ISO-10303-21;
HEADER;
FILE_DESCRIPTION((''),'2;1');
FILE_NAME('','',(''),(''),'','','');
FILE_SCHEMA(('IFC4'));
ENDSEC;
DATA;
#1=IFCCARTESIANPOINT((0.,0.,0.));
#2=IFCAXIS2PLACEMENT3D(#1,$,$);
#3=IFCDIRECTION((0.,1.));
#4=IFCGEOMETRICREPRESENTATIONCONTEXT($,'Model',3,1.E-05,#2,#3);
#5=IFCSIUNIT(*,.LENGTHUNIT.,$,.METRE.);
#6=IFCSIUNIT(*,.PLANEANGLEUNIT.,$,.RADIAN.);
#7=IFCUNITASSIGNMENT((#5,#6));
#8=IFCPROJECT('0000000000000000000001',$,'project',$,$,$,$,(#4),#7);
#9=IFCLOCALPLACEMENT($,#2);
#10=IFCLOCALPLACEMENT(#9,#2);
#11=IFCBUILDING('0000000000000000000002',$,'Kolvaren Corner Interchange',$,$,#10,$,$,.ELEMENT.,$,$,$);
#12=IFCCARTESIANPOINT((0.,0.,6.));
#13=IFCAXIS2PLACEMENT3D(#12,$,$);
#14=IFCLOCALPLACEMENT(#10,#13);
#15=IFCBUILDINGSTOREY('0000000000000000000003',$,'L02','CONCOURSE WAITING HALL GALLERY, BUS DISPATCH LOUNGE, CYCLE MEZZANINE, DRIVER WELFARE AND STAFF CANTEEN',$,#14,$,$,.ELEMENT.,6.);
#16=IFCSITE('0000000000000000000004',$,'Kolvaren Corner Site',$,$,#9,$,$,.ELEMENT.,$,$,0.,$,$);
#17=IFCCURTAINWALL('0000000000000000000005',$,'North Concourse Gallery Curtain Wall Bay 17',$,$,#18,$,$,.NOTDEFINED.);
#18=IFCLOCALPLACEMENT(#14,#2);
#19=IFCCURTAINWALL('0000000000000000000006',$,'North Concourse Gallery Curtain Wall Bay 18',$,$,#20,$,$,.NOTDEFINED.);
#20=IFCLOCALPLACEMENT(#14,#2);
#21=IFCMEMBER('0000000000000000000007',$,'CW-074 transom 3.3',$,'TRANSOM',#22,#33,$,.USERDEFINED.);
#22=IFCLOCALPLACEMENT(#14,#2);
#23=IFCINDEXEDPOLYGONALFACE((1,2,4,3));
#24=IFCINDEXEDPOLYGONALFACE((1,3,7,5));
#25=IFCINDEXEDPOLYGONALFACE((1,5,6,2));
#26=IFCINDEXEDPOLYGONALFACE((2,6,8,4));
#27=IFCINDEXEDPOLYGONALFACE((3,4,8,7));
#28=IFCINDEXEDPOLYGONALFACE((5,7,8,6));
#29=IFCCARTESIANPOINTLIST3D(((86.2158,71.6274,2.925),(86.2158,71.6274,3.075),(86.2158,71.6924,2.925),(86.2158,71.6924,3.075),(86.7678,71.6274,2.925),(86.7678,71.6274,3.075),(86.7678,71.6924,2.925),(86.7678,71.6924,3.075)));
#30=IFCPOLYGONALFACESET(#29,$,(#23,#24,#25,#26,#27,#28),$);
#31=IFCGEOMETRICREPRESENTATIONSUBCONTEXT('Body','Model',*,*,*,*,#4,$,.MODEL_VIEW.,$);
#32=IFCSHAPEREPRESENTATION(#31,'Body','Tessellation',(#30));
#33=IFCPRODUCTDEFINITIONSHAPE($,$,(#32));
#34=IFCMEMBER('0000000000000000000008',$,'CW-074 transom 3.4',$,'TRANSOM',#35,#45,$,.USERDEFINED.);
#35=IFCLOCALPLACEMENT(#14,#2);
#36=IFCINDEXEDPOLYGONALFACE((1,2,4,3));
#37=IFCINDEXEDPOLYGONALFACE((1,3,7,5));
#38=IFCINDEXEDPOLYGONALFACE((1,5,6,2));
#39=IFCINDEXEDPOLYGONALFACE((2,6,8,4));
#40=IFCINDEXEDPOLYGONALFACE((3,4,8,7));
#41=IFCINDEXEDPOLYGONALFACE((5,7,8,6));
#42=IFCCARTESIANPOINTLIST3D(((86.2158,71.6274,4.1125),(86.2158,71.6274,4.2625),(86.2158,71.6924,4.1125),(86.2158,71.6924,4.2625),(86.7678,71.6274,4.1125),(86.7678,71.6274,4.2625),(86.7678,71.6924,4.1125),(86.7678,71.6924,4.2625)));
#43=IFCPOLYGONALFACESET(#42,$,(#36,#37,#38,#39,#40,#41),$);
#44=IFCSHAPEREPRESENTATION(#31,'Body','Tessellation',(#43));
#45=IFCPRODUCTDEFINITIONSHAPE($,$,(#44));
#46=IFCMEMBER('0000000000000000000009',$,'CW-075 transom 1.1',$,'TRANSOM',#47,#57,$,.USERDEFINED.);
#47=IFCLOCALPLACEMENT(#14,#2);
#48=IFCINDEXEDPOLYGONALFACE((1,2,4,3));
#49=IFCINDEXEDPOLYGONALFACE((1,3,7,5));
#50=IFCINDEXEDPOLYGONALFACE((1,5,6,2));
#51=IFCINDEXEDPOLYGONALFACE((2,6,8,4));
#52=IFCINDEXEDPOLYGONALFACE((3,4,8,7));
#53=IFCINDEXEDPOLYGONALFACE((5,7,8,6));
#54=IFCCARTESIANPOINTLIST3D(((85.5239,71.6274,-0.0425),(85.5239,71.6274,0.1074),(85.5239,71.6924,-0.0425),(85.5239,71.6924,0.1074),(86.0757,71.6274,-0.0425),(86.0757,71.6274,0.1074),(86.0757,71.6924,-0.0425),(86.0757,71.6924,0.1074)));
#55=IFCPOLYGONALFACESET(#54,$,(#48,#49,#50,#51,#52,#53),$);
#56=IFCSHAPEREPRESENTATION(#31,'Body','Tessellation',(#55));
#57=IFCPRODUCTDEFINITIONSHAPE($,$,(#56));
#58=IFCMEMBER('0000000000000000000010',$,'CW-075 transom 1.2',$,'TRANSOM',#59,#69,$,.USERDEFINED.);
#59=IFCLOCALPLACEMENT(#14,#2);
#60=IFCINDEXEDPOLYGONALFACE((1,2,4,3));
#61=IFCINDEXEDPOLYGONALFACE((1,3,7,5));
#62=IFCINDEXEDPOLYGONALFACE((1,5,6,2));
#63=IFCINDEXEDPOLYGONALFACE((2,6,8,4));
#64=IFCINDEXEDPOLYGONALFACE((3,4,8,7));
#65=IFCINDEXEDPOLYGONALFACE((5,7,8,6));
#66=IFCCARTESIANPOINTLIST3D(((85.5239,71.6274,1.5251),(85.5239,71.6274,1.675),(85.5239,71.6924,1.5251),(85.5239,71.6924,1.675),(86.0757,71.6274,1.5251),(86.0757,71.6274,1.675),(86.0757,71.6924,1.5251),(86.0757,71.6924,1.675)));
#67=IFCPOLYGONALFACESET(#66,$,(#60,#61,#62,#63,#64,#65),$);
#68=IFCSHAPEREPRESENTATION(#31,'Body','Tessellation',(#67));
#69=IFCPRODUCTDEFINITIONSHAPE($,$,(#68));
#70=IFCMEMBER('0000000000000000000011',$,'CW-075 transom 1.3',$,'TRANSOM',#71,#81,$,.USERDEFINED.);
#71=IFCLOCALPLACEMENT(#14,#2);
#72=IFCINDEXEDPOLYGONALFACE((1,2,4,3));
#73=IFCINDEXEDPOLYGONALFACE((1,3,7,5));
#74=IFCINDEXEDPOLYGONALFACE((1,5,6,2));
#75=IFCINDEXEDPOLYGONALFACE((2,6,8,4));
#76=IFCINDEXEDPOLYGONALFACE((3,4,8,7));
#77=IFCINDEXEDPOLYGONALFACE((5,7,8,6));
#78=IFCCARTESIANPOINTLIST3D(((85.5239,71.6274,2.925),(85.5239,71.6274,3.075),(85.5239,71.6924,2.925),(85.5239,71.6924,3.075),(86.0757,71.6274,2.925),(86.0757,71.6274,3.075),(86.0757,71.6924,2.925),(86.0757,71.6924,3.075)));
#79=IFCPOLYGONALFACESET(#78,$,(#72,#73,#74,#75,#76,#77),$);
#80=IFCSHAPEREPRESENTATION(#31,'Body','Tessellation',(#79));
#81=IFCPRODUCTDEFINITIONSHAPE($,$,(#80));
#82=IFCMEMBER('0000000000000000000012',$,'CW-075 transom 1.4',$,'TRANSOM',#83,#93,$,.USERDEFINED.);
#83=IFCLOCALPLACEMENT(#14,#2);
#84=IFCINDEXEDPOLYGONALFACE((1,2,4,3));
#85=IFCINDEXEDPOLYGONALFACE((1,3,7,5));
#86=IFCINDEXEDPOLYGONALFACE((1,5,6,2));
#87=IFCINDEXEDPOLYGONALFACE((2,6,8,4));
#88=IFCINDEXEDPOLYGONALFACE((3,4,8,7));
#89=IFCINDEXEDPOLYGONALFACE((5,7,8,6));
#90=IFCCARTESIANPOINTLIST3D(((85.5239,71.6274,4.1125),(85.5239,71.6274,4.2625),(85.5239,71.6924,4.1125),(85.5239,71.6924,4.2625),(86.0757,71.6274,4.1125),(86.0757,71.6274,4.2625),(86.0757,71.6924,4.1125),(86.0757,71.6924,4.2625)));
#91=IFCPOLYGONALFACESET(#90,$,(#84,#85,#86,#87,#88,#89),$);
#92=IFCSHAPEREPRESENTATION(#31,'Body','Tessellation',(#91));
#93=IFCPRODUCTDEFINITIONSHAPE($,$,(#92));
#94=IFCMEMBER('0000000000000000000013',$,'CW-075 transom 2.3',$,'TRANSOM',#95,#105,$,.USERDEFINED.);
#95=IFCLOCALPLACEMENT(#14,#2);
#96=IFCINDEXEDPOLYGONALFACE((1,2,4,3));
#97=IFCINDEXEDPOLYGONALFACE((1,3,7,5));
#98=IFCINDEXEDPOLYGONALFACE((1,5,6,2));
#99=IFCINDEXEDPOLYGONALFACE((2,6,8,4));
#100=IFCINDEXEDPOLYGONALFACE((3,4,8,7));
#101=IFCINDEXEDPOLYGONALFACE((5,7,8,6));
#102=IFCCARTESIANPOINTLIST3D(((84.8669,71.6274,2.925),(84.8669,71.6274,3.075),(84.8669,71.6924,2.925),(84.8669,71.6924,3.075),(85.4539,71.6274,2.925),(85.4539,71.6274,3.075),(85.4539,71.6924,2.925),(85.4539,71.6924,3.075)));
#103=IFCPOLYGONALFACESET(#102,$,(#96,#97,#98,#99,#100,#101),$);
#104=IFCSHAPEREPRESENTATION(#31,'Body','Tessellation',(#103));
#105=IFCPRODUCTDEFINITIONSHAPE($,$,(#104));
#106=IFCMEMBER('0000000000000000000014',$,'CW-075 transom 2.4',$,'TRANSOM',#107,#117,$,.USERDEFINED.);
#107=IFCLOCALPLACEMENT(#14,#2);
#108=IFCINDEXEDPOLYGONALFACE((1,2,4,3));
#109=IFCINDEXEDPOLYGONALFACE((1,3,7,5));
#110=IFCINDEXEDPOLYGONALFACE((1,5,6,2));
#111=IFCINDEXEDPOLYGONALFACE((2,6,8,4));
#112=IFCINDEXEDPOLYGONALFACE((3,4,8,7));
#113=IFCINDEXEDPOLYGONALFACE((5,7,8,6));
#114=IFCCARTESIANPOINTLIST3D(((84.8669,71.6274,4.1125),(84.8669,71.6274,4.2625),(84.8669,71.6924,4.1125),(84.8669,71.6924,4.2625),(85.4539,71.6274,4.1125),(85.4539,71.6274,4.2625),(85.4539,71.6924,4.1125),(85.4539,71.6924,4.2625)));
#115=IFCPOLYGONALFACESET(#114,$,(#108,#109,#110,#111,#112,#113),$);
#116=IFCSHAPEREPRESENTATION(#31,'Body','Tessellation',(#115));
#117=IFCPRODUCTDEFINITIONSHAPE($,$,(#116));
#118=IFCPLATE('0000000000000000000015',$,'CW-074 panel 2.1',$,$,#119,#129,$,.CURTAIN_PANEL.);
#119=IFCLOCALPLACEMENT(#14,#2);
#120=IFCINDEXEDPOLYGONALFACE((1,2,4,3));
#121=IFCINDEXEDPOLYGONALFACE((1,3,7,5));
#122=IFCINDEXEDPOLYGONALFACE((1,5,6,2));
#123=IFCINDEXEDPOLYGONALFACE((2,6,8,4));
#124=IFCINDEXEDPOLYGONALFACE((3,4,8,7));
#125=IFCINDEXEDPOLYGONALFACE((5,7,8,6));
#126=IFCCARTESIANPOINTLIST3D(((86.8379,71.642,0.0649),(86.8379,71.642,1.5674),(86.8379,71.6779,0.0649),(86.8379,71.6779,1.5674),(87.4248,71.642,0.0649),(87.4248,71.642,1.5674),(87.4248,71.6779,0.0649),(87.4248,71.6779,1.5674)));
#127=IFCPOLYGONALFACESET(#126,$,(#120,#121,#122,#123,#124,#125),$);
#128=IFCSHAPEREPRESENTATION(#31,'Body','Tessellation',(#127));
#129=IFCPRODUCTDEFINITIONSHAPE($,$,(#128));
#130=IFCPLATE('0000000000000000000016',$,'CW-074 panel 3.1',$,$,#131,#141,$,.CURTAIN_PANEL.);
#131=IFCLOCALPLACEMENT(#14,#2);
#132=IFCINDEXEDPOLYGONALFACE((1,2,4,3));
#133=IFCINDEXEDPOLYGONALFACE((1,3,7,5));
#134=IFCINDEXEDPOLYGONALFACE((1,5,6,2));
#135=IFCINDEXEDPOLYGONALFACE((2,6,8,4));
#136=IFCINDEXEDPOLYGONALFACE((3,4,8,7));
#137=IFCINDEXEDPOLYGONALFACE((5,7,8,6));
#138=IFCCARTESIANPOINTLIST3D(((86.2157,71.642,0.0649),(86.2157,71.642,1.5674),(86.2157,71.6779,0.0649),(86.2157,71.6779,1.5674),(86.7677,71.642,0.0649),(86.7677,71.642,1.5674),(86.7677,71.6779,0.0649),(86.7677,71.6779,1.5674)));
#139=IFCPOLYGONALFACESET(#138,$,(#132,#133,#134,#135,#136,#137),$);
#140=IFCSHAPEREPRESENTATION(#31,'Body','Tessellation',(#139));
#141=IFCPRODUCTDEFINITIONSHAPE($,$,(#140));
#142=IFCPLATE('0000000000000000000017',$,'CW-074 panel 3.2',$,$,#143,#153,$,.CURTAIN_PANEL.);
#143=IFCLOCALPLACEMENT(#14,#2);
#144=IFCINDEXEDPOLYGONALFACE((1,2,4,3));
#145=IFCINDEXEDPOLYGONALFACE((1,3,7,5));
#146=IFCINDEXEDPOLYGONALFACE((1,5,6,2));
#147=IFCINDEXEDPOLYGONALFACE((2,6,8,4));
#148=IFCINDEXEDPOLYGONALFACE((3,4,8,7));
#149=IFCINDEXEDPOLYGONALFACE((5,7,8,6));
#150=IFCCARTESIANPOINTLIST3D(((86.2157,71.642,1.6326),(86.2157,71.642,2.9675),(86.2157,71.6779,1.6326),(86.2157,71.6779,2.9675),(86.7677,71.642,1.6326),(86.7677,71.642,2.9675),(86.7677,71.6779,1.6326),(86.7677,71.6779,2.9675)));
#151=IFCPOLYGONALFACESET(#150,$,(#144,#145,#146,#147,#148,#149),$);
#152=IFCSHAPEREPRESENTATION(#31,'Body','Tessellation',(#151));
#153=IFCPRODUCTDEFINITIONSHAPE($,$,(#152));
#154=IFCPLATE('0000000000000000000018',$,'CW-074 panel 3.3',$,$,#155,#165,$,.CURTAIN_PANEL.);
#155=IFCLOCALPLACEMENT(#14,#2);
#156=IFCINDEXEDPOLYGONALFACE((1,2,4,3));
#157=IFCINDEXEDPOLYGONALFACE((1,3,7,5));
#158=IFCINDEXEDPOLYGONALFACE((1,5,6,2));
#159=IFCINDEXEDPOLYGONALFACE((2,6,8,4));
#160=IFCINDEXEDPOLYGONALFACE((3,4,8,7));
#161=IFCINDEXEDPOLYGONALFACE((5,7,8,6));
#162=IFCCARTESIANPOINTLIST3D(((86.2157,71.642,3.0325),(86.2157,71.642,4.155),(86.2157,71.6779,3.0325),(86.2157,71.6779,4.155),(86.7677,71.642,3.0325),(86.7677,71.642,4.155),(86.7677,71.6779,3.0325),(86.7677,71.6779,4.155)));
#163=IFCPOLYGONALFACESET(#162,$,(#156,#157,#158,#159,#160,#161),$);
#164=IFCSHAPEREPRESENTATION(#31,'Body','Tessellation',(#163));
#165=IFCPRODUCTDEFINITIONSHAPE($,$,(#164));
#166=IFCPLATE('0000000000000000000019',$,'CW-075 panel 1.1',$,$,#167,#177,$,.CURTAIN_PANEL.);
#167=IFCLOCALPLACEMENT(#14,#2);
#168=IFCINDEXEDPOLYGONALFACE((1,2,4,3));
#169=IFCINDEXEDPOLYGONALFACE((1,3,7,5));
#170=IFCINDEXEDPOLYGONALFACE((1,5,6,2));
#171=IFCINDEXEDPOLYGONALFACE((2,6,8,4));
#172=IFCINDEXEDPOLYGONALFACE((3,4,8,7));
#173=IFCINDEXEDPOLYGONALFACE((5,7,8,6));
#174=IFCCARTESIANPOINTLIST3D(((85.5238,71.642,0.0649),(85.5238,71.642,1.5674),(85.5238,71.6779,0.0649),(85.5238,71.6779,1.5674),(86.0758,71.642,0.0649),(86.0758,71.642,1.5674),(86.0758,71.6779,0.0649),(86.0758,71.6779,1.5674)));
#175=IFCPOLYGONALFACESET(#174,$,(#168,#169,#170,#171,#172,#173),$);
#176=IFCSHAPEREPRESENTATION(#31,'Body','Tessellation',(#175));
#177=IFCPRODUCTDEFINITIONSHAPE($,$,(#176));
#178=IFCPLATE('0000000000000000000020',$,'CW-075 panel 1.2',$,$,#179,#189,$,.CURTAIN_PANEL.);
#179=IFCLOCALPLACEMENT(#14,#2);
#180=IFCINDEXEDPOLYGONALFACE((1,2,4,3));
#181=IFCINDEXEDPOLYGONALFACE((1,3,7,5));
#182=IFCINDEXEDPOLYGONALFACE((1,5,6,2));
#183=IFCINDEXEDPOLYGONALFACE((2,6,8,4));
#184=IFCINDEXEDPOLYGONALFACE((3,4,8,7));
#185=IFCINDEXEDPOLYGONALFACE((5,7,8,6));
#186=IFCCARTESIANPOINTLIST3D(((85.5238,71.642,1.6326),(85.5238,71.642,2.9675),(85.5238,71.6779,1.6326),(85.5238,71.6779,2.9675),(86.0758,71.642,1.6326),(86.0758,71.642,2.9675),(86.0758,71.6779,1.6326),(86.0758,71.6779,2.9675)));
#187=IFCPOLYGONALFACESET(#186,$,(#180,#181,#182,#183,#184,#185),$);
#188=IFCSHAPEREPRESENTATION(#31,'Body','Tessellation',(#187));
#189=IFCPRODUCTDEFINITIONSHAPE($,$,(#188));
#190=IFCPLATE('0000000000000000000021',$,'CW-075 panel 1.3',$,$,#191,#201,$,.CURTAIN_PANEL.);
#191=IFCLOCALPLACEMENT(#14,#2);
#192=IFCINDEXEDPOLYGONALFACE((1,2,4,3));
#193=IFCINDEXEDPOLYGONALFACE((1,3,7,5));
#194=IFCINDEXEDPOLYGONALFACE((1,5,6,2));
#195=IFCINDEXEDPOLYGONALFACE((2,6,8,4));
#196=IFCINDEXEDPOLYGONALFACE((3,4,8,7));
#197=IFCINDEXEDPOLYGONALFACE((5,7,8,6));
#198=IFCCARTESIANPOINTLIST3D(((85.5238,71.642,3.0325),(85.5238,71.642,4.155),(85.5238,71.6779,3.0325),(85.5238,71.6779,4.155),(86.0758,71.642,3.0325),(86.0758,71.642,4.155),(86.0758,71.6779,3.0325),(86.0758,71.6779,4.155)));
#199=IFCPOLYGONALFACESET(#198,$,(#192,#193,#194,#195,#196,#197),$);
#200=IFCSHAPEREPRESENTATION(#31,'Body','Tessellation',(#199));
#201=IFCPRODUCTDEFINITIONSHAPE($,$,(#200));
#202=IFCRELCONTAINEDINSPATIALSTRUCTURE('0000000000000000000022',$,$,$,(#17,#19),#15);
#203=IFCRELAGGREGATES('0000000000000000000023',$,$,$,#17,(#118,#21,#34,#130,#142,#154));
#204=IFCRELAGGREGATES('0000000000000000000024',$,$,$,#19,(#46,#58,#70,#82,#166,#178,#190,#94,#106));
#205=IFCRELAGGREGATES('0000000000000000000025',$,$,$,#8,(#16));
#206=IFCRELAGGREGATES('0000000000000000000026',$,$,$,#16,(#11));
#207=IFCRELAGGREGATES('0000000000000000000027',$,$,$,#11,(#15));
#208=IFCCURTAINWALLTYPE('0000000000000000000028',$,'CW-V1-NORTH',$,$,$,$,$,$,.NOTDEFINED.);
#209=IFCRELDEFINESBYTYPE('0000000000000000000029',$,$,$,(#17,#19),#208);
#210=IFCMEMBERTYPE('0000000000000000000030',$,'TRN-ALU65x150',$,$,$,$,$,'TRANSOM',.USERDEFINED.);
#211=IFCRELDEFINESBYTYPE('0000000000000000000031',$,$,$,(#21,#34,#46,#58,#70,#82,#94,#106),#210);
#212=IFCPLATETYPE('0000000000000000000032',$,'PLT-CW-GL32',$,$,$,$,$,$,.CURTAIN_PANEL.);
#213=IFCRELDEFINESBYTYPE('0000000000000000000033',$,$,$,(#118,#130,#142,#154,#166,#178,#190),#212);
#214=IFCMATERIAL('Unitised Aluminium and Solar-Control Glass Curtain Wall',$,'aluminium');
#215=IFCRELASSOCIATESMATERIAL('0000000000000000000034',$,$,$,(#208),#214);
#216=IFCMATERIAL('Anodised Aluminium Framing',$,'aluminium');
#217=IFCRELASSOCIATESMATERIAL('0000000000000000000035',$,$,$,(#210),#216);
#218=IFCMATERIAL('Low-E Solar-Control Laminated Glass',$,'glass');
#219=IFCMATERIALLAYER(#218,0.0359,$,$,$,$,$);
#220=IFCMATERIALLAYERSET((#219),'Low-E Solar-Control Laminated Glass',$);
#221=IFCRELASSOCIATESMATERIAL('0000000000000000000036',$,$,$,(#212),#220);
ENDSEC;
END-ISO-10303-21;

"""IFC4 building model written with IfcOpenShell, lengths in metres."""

from ifc_helpers import new_model, si_unit, direction, frame, origin, origin_2d, place, context, subcontext, project, spatial, rectangle, extrude, material, layer, layer_set, material_profile, profile_set, type_object, element, aggregate, save


model = new_model("IFC4")

# Units and contexts
model_context = context("Model", 3, precision=1e-05, world=origin(), true_north=direction((0.0, 1.0)))
body_context = subcontext(model_context, "Body", "Model", "MODEL_VIEW")
ifc_project = project(units=[si_unit("LENGTHUNIT", "METRE"), si_unit("PLANEANGLEUNIT", "RADIAN")], contexts=[model_context])

# Site, building, storey
site_placement = place(None, origin())
site = spatial("IfcSite", under=ifc_project, at=site_placement, Name="Kolvaren Corner Site", CompositionType="ELEMENT", RefElevation=0.0)
building_placement = place(site_placement, origin())
building = spatial("IfcBuilding", under=site, at=building_placement, Name="Kolvaren Corner Interchange", CompositionType="ELEMENT")
storey_placement = place(building_placement, frame((0.0, 0.0, 6.0)))
storey = spatial("IfcBuildingStorey", under=building, at=storey_placement, Name="L02", Description="CONCOURSE WAITING HALL GALLERY, BUS DISPATCH LOUNGE, CYCLE MEZZANINE, DRIVER WELFARE AND STAFF CANTEEN", CompositionType="ELEMENT", Elevation=6.0)

# Curtain walls
ifc_material_1 = material(Name="Unitised Aluminium and Solar-Control Glass Curtain Wall", Category="aluminium")
curtain_wall_type = type_object("IfcCurtainWallType", Name="CW-V1-NORTH", PredefinedType="NOTDEFINED", material=ifc_material_1)
curtain_wall_1_placement = place(storey_placement, origin())
curtain_wall_1 = element("IfcCurtainWall", 1, at=curtain_wall_1_placement, inside=storey, type_object=curtain_wall_type, Name="North Concourse Gallery Curtain Wall Bay 17", PredefinedType="NOTDEFINED")
curtain_wall_2_placement = place(storey_placement, origin())
curtain_wall_2 = element("IfcCurtainWall", 2, at=curtain_wall_2_placement, inside=storey, type_object=curtain_wall_type, Name="North Concourse Gallery Curtain Wall Bay 18", PredefinedType="NOTDEFINED")

# Members
ifc_material_2 = material(Name="Anodised Aluminium Framing", Category="aluminium")
ifc_material_profile_1 = material_profile(ifc_material_2, rectangle(XDim=0.0649, YDim=0.1499, at=origin_2d()), Name="ALU 65x150")
ifc_profile_set_1 = profile_set([ifc_material_profile_1], Name="Anodised Aluminium Framing")
member_type_1 = type_object("IfcMemberType", Name="TRN-ALU65x150", ElementType="TRANSOM", PredefinedType="USERDEFINED", material=ifc_profile_set_1)
member_1_placement = place(storey_placement, frame((86.7678, 71.6599, 3.0), z_axis=(-1.0, 0.0, 0.0), x_axis=(0.0, -1.0, 0.0)))
member_1 = element("IfcMember", 3, at=member_1_placement, type_object=member_type_1, Name="CW-074 transom 3.3", ObjectType="TRANSOM", PredefinedType="USERDEFINED", context=body_context, shape_type="SweptSolid", body=[
    extrude(rectangle(XDim=0.0649, YDim=0.1499, at=origin_2d()), origin(), (0.0, 0.0, 1.0), 0.552),
])
member_2_placement = place(storey_placement, frame((86.7678, 71.6599, 4.1875), z_axis=(-1.0, 0.0, 0.0), x_axis=(0.0, -1.0, 0.0)))
member_2 = element("IfcMember", 4, at=member_2_placement, type_object=member_type_1, Name="CW-074 transom 3.4", ObjectType="TRANSOM", PredefinedType="USERDEFINED", context=body_context, shape_type="SweptSolid", body=[
    extrude(rectangle(XDim=0.0649, YDim=0.1499, at=origin_2d()), origin(), (0.0, 0.0, 1.0), 0.552),
])
member_3_placement = place(storey_placement, frame((86.0757, 71.6599, 0.0325), z_axis=(-1.0, 0.0, 0.0), x_axis=(0.0, -1.0, 0.0)))
member_3 = element("IfcMember", 5, at=member_3_placement, type_object=member_type_1, Name="CW-075 transom 1.1", ObjectType="TRANSOM", PredefinedType="USERDEFINED", context=body_context, shape_type="SweptSolid", body=[
    extrude(rectangle(XDim=0.0649, YDim=0.1499, at=origin_2d()), origin(), (0.0, 0.0, 1.0), 0.5518),
])
member_4_placement = place(storey_placement, frame((86.0757, 71.6599, 1.6001), z_axis=(-1.0, 0.0, 0.0), x_axis=(0.0, -1.0, 0.0)))
member_4 = element("IfcMember", 6, at=member_4_placement, type_object=member_type_1, Name="CW-075 transom 1.2", ObjectType="TRANSOM", PredefinedType="USERDEFINED", context=body_context, shape_type="SweptSolid", body=[
    extrude(rectangle(XDim=0.0649, YDim=0.1499, at=origin_2d()), origin(), (0.0, 0.0, 1.0), 0.5518),
])
member_5_placement = place(storey_placement, frame((86.0757, 71.6599, 3.0), z_axis=(-1.0, 0.0, 0.0), x_axis=(0.0, -1.0, 0.0)))
member_5 = element("IfcMember", 7, at=member_5_placement, type_object=member_type_1, Name="CW-075 transom 1.3", ObjectType="TRANSOM", PredefinedType="USERDEFINED", context=body_context, shape_type="SweptSolid", body=[
    extrude(rectangle(XDim=0.0649, YDim=0.1499, at=origin_2d()), origin(), (0.0, 0.0, 1.0), 0.5518),
])
member_6_placement = place(storey_placement, frame((86.0757, 71.6599, 4.1875), z_axis=(-1.0, 0.0, 0.0), x_axis=(0.0, -1.0, 0.0)))
member_6 = element("IfcMember", 8, at=member_6_placement, type_object=member_type_1, Name="CW-075 transom 1.4", ObjectType="TRANSOM", PredefinedType="USERDEFINED", context=body_context, shape_type="SweptSolid", body=[
    extrude(rectangle(XDim=0.0649, YDim=0.1499, at=origin_2d()), origin(), (0.0, 0.0, 1.0), 0.5518),
])
member_7_placement = place(storey_placement, frame((85.4539, 71.6599, 3.0), z_axis=(-1.0, 0.0, 0.0), x_axis=(0.0, -1.0, 0.0)))
member_7 = element("IfcMember", 9, at=member_7_placement, type_object=member_type_1, Name="CW-075 transom 2.3", ObjectType="TRANSOM", PredefinedType="USERDEFINED", context=body_context, shape_type="SweptSolid", body=[
    extrude(rectangle(XDim=0.0649, YDim=0.1499, at=origin_2d()), origin(), (0.0, 0.0, 1.0), 0.5869),
])
member_8_placement = place(storey_placement, frame((85.4539, 71.6599, 4.1875), z_axis=(-1.0, 0.0, 0.0), x_axis=(0.0, -1.0, 0.0)))
member_8 = element("IfcMember", 10, at=member_8_placement, type_object=member_type_1, Name="CW-075 transom 2.4", ObjectType="TRANSOM", PredefinedType="USERDEFINED", context=body_context, shape_type="SweptSolid", body=[
    extrude(rectangle(XDim=0.0649, YDim=0.1499, at=origin_2d()), origin(), (0.0, 0.0, 1.0), 0.5869),
])

# Plates
ifc_material_3 = material(Name="Low-E Solar-Control Laminated Glass", Category="glass")
ifc_layer = layer(ifc_material_3, 0.0359)
ifc_layer_set = layer_set([ifc_layer], Name="Low-E Solar-Control Laminated Glass")
plate_type = type_object("IfcPlateType", Name="PLT-CW-GL32", PredefinedType="CURTAIN_PANEL", material=ifc_layer_set)
plate_1_placement = place(storey_placement, frame((87.1313, 71.6599, 0.0649), z_axis=(0.0, 0.0, 1.0), x_axis=(-1.0, 0.0, 0.0)))
plate_1 = element("IfcPlate", 11, at=plate_1_placement, type_object=plate_type, Name="CW-074 panel 2.1", PredefinedType="CURTAIN_PANEL", context=body_context, shape_type="SweptSolid", body=[
    extrude(rectangle(XDim=0.5869, YDim=0.0359, at=origin_2d()), origin(), (0.0, 0.0, 1.0), 1.5024),
])
plate_2_placement = place(storey_placement, frame((86.4917, 71.6599, 0.0649), z_axis=(0.0, 0.0, 1.0), x_axis=(-1.0, 0.0, 0.0)))
plate_2 = element("IfcPlate", 12, at=plate_2_placement, type_object=plate_type, Name="CW-074 panel 3.1", PredefinedType="CURTAIN_PANEL", context=body_context, shape_type="SweptSolid", body=[
    extrude(rectangle(XDim=0.552, YDim=0.0359, at=origin_2d()), origin(), (0.0, 0.0, 1.0), 1.5024),
])
plate_3_placement = place(storey_placement, frame((86.4917, 71.6599, 1.6326), z_axis=(0.0, 0.0, 1.0), x_axis=(-1.0, 0.0, 0.0)))
plate_3 = element("IfcPlate", 13, at=plate_3_placement, type_object=plate_type, Name="CW-074 panel 3.2", PredefinedType="CURTAIN_PANEL", context=body_context, shape_type="SweptSolid", body=[
    extrude(rectangle(XDim=0.552, YDim=0.0359, at=origin_2d()), origin(), (0.0, 0.0, 1.0), 1.335),
])
plate_4_placement = place(storey_placement, frame((86.4917, 71.6599, 3.0325), z_axis=(0.0, 0.0, 1.0), x_axis=(-1.0, 0.0, 0.0)))
plate_4 = element("IfcPlate", 14, at=plate_4_placement, type_object=plate_type, Name="CW-074 panel 3.3", PredefinedType="CURTAIN_PANEL", context=body_context, shape_type="SweptSolid", body=[
    extrude(rectangle(XDim=0.552, YDim=0.0359, at=origin_2d()), origin(), (0.0, 0.0, 1.0), 1.1226),
])
aggregate(curtain_wall_1, [plate_1, member_1, member_2, plate_2, plate_3, plate_4])
plate_5_placement = place(storey_placement, frame((85.7998, 71.6599, 0.0649), z_axis=(0.0, 0.0, 1.0), x_axis=(-1.0, 0.0, 0.0)))
plate_5 = element("IfcPlate", 15, at=plate_5_placement, type_object=plate_type, Name="CW-075 panel 1.1", PredefinedType="CURTAIN_PANEL", context=body_context, shape_type="SweptSolid", body=[
    extrude(rectangle(XDim=0.552, YDim=0.0359, at=origin_2d()), origin(), (0.0, 0.0, 1.0), 1.5024),
])
plate_6_placement = place(storey_placement, frame((85.7998, 71.6599, 1.6326), z_axis=(0.0, 0.0, 1.0), x_axis=(-1.0, 0.0, 0.0)))
plate_6 = element("IfcPlate", 16, at=plate_6_placement, type_object=plate_type, Name="CW-075 panel 1.2", PredefinedType="CURTAIN_PANEL", context=body_context, shape_type="SweptSolid", body=[
    extrude(rectangle(XDim=0.552, YDim=0.0359, at=origin_2d()), origin(), (0.0, 0.0, 1.0), 1.335),
])
plate_7_placement = place(storey_placement, frame((85.7998, 71.6599, 3.0325), z_axis=(0.0, 0.0, 1.0), x_axis=(-1.0, 0.0, 0.0)))
plate_7 = element("IfcPlate", 17, at=plate_7_placement, type_object=plate_type, Name="CW-075 panel 1.3", PredefinedType="CURTAIN_PANEL", context=body_context, shape_type="SweptSolid", body=[
    extrude(rectangle(XDim=0.552, YDim=0.0359, at=origin_2d()), origin(), (0.0, 0.0, 1.0), 1.1226),
])
aggregate(curtain_wall_2, [member_3, member_4, member_5, member_6, plate_5, plate_6, plate_7, member_7, member_8])

save(model, "model.ifc")
